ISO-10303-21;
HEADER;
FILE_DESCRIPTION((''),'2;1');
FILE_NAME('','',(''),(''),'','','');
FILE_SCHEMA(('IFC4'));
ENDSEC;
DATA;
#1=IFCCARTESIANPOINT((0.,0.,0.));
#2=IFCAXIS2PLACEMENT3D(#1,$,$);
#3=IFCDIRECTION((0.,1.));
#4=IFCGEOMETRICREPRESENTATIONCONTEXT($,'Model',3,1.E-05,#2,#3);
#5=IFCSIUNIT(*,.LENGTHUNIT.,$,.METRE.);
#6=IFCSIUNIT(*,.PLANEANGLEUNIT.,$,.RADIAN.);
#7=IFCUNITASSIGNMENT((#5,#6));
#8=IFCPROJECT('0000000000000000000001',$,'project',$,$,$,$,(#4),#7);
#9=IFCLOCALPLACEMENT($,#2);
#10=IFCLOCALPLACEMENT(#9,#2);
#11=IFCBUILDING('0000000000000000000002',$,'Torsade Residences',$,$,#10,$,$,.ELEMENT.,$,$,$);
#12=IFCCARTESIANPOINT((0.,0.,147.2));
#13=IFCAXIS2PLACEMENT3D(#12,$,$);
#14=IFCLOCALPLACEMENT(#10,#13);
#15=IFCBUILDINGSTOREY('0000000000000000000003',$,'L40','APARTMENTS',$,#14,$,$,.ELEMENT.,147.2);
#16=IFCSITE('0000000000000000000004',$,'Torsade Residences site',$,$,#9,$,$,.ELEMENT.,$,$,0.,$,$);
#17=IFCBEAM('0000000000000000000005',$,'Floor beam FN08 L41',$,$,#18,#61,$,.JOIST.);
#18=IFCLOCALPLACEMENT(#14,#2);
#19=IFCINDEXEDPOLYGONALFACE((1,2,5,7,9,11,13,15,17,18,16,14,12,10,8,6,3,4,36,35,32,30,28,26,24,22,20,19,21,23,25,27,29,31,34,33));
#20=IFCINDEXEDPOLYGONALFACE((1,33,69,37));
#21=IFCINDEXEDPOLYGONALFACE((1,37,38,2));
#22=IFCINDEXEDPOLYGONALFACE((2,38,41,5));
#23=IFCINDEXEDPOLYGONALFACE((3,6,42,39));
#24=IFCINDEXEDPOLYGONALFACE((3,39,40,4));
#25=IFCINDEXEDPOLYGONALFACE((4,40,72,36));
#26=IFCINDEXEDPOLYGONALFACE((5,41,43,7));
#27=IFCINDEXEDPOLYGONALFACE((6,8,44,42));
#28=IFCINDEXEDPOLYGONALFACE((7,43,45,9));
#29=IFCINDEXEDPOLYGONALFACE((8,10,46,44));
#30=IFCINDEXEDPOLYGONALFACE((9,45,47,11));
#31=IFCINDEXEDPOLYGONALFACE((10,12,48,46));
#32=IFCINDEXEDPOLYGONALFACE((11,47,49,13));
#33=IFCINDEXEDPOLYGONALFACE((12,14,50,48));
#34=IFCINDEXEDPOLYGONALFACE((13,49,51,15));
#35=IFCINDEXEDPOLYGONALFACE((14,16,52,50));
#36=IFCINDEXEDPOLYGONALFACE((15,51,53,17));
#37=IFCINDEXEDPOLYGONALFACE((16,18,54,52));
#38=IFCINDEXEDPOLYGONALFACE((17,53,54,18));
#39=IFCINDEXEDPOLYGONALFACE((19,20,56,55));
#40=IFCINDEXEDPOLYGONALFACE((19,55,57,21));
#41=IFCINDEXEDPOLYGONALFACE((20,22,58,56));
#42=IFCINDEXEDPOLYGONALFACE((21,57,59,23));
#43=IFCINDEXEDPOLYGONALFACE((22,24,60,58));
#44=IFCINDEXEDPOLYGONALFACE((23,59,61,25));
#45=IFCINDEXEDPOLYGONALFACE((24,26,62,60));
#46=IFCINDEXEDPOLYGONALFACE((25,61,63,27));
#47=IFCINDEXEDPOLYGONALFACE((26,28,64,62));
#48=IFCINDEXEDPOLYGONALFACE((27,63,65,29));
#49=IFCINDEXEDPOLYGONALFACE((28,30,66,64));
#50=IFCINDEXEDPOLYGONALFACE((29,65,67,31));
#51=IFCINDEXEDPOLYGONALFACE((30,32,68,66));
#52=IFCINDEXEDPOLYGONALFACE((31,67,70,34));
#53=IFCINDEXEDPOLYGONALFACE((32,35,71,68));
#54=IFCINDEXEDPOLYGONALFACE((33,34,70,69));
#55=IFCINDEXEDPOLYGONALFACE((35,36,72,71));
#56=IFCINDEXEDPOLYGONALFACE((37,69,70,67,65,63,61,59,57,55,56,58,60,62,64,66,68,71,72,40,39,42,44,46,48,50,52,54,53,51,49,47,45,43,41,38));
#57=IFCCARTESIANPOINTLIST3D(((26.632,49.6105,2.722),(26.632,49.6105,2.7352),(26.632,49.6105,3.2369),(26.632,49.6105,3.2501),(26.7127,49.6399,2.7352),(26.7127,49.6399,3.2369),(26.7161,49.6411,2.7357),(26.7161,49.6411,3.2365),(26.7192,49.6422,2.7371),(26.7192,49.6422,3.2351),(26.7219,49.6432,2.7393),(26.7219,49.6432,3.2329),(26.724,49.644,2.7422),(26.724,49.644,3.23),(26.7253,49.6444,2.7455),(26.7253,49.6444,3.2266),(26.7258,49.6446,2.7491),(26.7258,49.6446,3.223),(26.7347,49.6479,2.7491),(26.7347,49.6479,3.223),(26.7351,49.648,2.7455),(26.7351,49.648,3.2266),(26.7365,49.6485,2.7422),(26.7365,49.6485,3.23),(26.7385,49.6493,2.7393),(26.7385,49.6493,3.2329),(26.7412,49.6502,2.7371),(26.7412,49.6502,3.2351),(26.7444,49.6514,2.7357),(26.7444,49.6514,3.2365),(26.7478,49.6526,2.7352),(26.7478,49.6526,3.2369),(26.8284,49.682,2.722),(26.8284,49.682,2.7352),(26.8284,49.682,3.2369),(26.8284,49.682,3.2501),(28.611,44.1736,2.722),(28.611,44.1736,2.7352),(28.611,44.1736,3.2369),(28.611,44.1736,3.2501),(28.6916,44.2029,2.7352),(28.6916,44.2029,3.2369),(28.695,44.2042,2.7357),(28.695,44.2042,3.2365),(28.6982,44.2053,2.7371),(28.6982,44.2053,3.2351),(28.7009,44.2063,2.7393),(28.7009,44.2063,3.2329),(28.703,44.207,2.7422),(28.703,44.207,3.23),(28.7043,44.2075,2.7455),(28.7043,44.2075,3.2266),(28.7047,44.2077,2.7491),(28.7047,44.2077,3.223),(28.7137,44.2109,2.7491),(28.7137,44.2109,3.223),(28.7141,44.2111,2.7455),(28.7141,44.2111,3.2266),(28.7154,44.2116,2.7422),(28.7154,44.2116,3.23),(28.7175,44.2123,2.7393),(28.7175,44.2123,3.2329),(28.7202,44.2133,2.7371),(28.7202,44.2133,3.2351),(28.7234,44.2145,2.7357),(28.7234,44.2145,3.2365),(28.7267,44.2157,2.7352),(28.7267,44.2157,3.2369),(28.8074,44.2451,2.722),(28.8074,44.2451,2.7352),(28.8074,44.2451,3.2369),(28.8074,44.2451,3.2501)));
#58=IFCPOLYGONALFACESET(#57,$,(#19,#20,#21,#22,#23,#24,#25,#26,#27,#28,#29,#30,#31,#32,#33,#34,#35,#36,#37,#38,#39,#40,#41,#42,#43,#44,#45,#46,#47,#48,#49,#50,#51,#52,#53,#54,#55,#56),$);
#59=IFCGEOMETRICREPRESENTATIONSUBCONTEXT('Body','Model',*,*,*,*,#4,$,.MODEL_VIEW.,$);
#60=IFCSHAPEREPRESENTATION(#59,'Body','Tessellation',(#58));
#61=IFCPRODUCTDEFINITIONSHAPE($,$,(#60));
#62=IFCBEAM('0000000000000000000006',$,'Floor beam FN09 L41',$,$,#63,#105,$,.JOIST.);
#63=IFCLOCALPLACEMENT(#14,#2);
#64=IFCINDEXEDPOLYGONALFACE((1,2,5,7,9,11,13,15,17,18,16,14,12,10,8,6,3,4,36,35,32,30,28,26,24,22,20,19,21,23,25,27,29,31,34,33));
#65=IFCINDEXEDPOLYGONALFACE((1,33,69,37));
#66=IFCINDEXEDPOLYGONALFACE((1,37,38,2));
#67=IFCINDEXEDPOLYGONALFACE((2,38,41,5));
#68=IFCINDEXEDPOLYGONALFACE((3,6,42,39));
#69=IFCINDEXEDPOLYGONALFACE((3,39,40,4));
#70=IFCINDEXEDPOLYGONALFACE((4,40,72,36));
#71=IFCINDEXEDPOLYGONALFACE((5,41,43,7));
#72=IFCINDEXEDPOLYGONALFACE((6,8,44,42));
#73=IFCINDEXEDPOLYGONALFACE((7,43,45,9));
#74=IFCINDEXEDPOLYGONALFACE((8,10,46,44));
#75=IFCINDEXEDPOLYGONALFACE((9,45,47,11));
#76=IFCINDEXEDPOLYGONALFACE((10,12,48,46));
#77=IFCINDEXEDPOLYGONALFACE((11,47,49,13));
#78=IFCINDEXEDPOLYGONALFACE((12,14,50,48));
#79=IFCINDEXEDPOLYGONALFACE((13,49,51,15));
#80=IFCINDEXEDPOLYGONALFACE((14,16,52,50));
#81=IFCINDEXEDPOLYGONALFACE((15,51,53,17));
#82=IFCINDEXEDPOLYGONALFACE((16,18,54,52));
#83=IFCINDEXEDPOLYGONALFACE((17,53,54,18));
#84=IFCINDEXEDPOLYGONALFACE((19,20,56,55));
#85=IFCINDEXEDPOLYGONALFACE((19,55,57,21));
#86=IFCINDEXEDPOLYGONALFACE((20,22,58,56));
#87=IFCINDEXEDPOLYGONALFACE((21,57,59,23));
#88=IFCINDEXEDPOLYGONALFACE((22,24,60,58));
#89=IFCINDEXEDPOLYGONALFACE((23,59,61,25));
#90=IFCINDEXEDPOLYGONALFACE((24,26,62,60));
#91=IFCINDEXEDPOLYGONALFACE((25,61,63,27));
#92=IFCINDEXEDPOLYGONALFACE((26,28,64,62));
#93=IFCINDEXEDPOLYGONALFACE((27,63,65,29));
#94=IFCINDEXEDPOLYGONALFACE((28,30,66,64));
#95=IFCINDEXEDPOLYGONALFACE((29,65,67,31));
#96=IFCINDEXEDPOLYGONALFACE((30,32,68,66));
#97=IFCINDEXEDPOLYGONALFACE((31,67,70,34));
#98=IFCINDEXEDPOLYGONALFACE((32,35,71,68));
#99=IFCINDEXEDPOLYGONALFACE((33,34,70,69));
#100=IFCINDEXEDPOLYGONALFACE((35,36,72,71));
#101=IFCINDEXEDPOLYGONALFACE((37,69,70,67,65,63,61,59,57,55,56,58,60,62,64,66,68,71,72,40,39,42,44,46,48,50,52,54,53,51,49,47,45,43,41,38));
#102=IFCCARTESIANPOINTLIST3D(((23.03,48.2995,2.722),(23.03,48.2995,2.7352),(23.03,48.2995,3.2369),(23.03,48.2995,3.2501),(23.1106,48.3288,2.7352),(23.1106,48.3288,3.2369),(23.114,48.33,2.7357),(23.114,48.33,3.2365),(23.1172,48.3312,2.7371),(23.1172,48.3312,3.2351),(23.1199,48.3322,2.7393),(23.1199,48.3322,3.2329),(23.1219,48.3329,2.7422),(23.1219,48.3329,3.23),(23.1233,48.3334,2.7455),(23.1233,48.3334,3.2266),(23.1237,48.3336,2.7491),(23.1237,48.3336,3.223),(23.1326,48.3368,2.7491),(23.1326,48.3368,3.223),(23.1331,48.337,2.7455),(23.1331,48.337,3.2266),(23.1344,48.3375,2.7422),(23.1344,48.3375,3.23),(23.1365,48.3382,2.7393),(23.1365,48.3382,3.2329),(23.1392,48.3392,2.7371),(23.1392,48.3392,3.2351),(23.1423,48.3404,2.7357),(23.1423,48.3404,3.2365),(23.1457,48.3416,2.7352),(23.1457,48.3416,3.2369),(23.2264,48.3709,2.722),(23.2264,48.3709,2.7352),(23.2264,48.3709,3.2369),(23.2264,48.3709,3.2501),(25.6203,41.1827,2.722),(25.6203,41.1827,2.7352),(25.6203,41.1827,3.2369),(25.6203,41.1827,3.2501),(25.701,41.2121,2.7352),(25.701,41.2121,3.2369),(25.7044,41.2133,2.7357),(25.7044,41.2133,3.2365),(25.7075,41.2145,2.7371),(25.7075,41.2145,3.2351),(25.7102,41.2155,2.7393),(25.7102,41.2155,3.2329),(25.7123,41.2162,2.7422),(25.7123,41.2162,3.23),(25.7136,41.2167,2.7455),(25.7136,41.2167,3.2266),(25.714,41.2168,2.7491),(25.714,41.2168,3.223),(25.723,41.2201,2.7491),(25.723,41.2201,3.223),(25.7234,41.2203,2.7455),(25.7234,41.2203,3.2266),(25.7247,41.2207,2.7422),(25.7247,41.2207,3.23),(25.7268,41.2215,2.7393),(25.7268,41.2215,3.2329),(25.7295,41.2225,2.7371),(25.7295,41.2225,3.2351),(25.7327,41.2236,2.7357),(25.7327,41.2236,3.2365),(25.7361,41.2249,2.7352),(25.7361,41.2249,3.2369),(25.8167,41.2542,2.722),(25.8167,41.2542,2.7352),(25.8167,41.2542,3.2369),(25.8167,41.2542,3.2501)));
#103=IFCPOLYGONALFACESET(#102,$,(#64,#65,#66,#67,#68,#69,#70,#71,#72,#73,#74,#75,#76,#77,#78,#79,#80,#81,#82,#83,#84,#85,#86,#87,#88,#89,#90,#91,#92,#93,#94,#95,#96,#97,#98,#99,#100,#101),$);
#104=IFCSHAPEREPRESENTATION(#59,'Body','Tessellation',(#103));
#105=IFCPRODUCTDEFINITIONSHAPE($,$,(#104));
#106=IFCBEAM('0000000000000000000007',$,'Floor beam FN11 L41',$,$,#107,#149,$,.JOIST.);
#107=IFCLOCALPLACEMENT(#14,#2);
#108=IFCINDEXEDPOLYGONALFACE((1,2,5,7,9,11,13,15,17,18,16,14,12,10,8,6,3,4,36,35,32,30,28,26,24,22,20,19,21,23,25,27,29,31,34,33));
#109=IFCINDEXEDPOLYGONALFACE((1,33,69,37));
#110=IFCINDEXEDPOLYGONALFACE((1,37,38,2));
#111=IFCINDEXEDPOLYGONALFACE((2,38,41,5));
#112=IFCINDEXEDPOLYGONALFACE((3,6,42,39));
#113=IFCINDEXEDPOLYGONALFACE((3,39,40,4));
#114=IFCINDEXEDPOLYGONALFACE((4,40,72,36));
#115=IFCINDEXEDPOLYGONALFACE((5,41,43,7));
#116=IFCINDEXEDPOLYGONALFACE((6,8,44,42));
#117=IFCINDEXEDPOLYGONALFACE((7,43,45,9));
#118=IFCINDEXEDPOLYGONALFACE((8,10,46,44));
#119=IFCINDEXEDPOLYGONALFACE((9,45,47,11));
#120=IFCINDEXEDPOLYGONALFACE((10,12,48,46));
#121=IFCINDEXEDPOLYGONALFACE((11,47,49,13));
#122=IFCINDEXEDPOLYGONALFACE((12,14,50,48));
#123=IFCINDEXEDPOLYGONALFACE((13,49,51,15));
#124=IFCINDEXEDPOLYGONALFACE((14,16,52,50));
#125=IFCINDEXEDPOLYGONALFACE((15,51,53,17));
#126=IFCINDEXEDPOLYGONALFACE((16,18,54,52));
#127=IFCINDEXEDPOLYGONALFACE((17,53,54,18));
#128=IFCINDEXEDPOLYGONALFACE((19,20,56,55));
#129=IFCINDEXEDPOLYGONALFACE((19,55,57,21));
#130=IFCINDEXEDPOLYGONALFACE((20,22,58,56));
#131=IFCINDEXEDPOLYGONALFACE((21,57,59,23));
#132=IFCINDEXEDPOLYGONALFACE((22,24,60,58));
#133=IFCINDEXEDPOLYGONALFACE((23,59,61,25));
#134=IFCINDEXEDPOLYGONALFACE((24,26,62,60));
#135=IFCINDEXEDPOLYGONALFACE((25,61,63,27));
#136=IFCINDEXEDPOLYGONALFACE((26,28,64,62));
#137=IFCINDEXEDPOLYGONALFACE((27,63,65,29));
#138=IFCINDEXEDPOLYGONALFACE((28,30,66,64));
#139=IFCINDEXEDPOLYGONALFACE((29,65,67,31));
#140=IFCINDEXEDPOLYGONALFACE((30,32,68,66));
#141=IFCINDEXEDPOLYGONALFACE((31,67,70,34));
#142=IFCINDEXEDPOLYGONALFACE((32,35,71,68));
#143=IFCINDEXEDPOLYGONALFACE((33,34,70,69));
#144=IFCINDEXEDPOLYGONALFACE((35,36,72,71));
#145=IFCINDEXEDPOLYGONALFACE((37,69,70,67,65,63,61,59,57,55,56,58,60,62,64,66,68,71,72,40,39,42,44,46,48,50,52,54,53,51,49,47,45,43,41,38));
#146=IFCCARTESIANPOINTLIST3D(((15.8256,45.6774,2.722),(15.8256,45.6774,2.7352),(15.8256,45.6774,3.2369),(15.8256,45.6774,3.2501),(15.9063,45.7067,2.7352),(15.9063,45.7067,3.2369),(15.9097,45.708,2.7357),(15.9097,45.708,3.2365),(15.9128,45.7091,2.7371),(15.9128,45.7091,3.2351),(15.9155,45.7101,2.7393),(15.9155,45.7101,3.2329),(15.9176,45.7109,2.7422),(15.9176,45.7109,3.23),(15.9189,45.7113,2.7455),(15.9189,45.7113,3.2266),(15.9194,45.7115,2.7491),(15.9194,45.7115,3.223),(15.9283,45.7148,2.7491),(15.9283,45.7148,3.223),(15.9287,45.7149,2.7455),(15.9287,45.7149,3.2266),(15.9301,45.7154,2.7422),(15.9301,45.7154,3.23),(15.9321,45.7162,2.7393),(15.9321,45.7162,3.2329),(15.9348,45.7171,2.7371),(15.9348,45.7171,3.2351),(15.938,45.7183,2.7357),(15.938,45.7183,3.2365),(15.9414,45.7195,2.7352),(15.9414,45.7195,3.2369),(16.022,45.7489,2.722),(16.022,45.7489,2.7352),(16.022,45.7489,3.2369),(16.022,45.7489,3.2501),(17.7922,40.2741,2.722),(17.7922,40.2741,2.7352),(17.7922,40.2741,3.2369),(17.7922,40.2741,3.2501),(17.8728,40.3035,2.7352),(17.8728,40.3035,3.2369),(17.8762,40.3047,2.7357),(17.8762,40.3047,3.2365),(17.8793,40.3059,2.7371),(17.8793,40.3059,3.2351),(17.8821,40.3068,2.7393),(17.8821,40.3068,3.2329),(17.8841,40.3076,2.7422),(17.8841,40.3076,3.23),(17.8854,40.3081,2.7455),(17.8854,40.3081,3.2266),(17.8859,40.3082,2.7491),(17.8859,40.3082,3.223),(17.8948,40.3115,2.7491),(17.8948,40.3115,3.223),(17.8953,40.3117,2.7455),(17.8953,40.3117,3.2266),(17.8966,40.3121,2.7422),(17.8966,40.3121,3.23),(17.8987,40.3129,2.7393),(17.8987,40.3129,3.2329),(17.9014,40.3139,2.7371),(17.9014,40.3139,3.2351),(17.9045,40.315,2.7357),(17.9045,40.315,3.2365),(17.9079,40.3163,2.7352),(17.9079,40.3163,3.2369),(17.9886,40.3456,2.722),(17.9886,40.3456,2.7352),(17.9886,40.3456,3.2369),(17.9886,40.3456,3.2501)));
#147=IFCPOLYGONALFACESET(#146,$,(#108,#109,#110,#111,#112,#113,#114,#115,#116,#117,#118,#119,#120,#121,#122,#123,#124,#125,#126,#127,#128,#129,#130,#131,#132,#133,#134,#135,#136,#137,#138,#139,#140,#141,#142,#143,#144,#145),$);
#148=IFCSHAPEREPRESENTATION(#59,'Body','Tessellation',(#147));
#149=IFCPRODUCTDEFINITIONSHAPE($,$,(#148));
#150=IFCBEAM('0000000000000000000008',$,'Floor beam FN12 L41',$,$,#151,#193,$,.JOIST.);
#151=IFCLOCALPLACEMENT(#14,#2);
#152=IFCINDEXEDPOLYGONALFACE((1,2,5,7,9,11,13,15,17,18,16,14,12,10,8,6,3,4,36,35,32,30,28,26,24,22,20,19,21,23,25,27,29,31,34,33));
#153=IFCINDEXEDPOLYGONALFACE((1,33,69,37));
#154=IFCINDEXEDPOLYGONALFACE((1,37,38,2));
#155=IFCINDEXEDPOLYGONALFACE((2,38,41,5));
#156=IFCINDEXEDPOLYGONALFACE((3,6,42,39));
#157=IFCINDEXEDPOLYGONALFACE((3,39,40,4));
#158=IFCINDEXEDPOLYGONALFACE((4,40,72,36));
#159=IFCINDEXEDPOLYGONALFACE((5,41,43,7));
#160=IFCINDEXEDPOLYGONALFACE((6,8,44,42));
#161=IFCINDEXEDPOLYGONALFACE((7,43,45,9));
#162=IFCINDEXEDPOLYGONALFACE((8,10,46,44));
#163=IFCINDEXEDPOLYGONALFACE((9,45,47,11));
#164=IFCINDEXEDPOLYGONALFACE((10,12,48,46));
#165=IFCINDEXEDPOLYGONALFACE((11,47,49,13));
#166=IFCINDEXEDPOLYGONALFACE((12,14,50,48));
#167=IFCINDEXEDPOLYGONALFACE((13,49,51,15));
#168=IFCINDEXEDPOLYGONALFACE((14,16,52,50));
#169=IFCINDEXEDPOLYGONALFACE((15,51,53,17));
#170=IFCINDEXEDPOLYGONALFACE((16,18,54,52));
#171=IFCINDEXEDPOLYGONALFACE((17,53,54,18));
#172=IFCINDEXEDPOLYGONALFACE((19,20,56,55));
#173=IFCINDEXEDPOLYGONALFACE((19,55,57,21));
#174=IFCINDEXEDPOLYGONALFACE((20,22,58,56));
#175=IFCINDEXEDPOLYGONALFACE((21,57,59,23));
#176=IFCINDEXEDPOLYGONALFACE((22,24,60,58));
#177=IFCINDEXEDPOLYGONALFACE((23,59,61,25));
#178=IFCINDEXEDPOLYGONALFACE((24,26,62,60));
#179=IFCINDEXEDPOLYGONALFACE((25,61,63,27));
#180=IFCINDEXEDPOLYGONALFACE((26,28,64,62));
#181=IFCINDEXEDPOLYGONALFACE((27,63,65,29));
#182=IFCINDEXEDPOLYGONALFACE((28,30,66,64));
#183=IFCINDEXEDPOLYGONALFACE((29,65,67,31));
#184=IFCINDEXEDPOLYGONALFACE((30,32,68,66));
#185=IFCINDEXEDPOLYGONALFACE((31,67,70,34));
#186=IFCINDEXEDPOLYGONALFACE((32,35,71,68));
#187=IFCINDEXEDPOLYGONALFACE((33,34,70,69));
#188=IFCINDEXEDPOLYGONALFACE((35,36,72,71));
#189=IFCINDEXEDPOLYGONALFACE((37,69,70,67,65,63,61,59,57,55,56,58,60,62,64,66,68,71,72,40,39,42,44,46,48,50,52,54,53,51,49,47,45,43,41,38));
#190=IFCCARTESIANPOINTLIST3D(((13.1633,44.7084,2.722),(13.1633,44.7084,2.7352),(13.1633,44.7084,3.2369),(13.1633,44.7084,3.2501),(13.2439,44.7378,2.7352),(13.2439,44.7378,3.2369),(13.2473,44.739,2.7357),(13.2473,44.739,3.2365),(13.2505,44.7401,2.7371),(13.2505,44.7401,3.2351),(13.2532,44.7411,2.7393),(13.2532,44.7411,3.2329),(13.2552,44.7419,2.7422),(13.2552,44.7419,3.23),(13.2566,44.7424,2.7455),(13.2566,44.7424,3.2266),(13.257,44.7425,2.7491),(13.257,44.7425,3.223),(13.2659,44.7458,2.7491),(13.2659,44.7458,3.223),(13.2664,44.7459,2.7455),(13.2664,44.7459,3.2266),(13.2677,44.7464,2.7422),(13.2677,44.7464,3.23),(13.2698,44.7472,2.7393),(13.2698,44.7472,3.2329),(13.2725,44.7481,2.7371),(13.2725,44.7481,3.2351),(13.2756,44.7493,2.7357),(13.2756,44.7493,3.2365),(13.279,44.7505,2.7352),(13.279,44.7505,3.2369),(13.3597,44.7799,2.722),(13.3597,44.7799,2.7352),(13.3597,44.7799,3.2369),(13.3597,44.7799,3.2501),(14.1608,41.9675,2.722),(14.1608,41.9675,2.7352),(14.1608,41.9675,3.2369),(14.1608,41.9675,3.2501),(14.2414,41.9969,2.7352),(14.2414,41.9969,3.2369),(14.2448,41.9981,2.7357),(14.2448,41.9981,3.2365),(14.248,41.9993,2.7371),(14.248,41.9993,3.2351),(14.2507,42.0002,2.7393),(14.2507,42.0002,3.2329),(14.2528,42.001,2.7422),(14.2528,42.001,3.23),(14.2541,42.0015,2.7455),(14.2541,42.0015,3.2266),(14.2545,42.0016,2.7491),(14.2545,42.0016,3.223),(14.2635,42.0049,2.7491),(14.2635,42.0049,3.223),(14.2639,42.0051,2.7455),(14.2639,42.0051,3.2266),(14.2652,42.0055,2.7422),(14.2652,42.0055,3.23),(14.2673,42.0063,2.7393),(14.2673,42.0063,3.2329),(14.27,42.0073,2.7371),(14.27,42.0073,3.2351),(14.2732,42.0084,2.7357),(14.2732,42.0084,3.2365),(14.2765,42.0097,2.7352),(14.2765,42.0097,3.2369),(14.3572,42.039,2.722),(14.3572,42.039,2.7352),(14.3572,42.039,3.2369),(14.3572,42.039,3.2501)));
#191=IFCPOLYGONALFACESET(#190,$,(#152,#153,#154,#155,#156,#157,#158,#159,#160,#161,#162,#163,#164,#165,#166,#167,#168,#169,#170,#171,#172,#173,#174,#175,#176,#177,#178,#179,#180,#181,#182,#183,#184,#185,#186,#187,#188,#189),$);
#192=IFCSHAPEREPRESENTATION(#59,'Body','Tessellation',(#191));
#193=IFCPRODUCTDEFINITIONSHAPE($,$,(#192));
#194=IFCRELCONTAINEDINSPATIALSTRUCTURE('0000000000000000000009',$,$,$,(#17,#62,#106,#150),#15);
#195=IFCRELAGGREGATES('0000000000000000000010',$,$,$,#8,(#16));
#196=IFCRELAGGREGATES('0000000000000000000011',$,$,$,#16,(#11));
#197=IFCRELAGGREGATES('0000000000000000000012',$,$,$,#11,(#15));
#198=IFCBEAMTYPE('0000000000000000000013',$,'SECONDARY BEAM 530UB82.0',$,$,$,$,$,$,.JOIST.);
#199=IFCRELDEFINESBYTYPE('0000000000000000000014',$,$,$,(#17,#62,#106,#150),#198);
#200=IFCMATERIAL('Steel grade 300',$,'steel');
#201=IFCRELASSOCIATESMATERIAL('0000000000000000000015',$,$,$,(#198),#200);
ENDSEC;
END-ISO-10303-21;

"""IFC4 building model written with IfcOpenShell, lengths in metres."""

from ifc_helpers import new_model, si_unit, direction, frame, origin, origin_2d, place, context, subcontext, project, spatial, i_section, extrude, material, material_profile, profile_set, type_object, element, save


model = new_model("IFC4")

# Units and contexts
model_context = context("Model", 3, precision=1e-05, world=origin(), true_north=direction((0.0, 1.0)))
body_context = subcontext(model_context, "Body", "Model", "MODEL_VIEW")
ifc_project = project(units=[si_unit("LENGTHUNIT", "METRE"), si_unit("PLANEANGLEUNIT", "RADIAN")], contexts=[model_context])

# Site, building, storey
site_placement = place(None, origin())
site = spatial("IfcSite", under=ifc_project, at=site_placement, Name="Torsade Residences site", CompositionType="ELEMENT", RefElevation=0.0)
building_placement = place(site_placement, origin())
building = spatial("IfcBuilding", under=site, at=building_placement, Name="Torsade Residences", CompositionType="ELEMENT")
storey_placement = place(building_placement, frame((0.0, 0.0, 147.2)))
storey = spatial("IfcBuildingStorey", under=building, at=storey_placement, Name="L40", Description="APARTMENTS", CompositionType="ELEMENT", Elevation=147.2)

# Beams
ifc_material_1 = material(Name="Steel grade 300", Category="steel")
ifc_material_profile_1 = material_profile(ifc_material_1, i_section(OverallWidth=0.209, OverallDepth=0.5281, WebThickness=0.0095, FlangeThickness=0.0132, FilletRadius=0.0139, at=origin_2d()), Name="530UB82.0")
ifc_profile_set_1 = profile_set([ifc_material_profile_1], Name="Steel grade 300")
beam_type_1 = type_object("IfcBeamType", Name="SECONDARY BEAM 530UB82.0", PredefinedType="JOIST", material=ifc_profile_set_1)
beam_1_placement = place(storey_placement, frame((26.7302, 49.6462, 2.9861), z_axis=(0.342034, -0.939687, 0.0), x_axis=(0.939687, 0.342034, 0.0)))
element("IfcBeam", 1, at=beam_1_placement, inside=storey, type_object=beam_type_1, Name="Floor beam FN08 L41", PredefinedType="JOIST", context=body_context, shape_type="SweptSolid", body=[
    extrude(i_section(OverallWidth=0.209, OverallDepth=0.5281, WebThickness=0.0095, FlangeThickness=0.0132, FilletRadius=0.0139, at=origin_2d()), origin(), (0.0, 0.0, 1.0), 5.7859),
])
beam_2_placement = place(storey_placement, frame((23.1282, 48.3352, 2.9861), z_axis=(0.342028, -0.93969, 0.0), x_axis=(0.93969, 0.342028, 0.0)))
element("IfcBeam", 2, at=beam_2_placement, inside=storey, type_object=beam_type_1, Name="Floor beam FN09 L41", PredefinedType="JOIST", context=body_context, shape_type="SweptSolid", body=[
    extrude(i_section(OverallWidth=0.209, OverallDepth=0.5281, WebThickness=0.0095, FlangeThickness=0.0132, FilletRadius=0.0139, at=origin_2d()), origin(), (0.0, 0.0, 1.0), 7.5735),
])
beam_3_placement = place(storey_placement, frame((15.9238, 45.7131, 2.9861), z_axis=(0.342006, -0.939698, 0.0), x_axis=(0.939698, 0.342006, 0.0)))
element("IfcBeam", 3, at=beam_3_placement, inside=storey, type_object=beam_type_1, Name="Floor beam FN11 L41", PredefinedType="JOIST", context=body_context, shape_type="SweptSolid", body=[
    extrude(i_section(OverallWidth=0.209, OverallDepth=0.5281, WebThickness=0.0095, FlangeThickness=0.0132, FilletRadius=0.0139, at=origin_2d()), origin(), (0.0, 0.0, 1.0), 5.75),
])
beam_4_placement = place(storey_placement, frame((13.2615, 44.7441, 2.9861), z_axis=(0.341998, -0.939701, 0.0), x_axis=(0.939701, 0.341998, 0.0)))
element("IfcBeam", 4, at=beam_4_placement, inside=storey, type_object=beam_type_1, Name="Floor beam FN12 L41", PredefinedType="JOIST", context=body_context, shape_type="SweptSolid", body=[
    extrude(i_section(OverallWidth=0.209, OverallDepth=0.5281, WebThickness=0.0095, FlangeThickness=0.0132, FilletRadius=0.0139, at=origin_2d()), origin(), (0.0, 0.0, 1.0), 2.9167),
])

save(model, "model.ifc")
